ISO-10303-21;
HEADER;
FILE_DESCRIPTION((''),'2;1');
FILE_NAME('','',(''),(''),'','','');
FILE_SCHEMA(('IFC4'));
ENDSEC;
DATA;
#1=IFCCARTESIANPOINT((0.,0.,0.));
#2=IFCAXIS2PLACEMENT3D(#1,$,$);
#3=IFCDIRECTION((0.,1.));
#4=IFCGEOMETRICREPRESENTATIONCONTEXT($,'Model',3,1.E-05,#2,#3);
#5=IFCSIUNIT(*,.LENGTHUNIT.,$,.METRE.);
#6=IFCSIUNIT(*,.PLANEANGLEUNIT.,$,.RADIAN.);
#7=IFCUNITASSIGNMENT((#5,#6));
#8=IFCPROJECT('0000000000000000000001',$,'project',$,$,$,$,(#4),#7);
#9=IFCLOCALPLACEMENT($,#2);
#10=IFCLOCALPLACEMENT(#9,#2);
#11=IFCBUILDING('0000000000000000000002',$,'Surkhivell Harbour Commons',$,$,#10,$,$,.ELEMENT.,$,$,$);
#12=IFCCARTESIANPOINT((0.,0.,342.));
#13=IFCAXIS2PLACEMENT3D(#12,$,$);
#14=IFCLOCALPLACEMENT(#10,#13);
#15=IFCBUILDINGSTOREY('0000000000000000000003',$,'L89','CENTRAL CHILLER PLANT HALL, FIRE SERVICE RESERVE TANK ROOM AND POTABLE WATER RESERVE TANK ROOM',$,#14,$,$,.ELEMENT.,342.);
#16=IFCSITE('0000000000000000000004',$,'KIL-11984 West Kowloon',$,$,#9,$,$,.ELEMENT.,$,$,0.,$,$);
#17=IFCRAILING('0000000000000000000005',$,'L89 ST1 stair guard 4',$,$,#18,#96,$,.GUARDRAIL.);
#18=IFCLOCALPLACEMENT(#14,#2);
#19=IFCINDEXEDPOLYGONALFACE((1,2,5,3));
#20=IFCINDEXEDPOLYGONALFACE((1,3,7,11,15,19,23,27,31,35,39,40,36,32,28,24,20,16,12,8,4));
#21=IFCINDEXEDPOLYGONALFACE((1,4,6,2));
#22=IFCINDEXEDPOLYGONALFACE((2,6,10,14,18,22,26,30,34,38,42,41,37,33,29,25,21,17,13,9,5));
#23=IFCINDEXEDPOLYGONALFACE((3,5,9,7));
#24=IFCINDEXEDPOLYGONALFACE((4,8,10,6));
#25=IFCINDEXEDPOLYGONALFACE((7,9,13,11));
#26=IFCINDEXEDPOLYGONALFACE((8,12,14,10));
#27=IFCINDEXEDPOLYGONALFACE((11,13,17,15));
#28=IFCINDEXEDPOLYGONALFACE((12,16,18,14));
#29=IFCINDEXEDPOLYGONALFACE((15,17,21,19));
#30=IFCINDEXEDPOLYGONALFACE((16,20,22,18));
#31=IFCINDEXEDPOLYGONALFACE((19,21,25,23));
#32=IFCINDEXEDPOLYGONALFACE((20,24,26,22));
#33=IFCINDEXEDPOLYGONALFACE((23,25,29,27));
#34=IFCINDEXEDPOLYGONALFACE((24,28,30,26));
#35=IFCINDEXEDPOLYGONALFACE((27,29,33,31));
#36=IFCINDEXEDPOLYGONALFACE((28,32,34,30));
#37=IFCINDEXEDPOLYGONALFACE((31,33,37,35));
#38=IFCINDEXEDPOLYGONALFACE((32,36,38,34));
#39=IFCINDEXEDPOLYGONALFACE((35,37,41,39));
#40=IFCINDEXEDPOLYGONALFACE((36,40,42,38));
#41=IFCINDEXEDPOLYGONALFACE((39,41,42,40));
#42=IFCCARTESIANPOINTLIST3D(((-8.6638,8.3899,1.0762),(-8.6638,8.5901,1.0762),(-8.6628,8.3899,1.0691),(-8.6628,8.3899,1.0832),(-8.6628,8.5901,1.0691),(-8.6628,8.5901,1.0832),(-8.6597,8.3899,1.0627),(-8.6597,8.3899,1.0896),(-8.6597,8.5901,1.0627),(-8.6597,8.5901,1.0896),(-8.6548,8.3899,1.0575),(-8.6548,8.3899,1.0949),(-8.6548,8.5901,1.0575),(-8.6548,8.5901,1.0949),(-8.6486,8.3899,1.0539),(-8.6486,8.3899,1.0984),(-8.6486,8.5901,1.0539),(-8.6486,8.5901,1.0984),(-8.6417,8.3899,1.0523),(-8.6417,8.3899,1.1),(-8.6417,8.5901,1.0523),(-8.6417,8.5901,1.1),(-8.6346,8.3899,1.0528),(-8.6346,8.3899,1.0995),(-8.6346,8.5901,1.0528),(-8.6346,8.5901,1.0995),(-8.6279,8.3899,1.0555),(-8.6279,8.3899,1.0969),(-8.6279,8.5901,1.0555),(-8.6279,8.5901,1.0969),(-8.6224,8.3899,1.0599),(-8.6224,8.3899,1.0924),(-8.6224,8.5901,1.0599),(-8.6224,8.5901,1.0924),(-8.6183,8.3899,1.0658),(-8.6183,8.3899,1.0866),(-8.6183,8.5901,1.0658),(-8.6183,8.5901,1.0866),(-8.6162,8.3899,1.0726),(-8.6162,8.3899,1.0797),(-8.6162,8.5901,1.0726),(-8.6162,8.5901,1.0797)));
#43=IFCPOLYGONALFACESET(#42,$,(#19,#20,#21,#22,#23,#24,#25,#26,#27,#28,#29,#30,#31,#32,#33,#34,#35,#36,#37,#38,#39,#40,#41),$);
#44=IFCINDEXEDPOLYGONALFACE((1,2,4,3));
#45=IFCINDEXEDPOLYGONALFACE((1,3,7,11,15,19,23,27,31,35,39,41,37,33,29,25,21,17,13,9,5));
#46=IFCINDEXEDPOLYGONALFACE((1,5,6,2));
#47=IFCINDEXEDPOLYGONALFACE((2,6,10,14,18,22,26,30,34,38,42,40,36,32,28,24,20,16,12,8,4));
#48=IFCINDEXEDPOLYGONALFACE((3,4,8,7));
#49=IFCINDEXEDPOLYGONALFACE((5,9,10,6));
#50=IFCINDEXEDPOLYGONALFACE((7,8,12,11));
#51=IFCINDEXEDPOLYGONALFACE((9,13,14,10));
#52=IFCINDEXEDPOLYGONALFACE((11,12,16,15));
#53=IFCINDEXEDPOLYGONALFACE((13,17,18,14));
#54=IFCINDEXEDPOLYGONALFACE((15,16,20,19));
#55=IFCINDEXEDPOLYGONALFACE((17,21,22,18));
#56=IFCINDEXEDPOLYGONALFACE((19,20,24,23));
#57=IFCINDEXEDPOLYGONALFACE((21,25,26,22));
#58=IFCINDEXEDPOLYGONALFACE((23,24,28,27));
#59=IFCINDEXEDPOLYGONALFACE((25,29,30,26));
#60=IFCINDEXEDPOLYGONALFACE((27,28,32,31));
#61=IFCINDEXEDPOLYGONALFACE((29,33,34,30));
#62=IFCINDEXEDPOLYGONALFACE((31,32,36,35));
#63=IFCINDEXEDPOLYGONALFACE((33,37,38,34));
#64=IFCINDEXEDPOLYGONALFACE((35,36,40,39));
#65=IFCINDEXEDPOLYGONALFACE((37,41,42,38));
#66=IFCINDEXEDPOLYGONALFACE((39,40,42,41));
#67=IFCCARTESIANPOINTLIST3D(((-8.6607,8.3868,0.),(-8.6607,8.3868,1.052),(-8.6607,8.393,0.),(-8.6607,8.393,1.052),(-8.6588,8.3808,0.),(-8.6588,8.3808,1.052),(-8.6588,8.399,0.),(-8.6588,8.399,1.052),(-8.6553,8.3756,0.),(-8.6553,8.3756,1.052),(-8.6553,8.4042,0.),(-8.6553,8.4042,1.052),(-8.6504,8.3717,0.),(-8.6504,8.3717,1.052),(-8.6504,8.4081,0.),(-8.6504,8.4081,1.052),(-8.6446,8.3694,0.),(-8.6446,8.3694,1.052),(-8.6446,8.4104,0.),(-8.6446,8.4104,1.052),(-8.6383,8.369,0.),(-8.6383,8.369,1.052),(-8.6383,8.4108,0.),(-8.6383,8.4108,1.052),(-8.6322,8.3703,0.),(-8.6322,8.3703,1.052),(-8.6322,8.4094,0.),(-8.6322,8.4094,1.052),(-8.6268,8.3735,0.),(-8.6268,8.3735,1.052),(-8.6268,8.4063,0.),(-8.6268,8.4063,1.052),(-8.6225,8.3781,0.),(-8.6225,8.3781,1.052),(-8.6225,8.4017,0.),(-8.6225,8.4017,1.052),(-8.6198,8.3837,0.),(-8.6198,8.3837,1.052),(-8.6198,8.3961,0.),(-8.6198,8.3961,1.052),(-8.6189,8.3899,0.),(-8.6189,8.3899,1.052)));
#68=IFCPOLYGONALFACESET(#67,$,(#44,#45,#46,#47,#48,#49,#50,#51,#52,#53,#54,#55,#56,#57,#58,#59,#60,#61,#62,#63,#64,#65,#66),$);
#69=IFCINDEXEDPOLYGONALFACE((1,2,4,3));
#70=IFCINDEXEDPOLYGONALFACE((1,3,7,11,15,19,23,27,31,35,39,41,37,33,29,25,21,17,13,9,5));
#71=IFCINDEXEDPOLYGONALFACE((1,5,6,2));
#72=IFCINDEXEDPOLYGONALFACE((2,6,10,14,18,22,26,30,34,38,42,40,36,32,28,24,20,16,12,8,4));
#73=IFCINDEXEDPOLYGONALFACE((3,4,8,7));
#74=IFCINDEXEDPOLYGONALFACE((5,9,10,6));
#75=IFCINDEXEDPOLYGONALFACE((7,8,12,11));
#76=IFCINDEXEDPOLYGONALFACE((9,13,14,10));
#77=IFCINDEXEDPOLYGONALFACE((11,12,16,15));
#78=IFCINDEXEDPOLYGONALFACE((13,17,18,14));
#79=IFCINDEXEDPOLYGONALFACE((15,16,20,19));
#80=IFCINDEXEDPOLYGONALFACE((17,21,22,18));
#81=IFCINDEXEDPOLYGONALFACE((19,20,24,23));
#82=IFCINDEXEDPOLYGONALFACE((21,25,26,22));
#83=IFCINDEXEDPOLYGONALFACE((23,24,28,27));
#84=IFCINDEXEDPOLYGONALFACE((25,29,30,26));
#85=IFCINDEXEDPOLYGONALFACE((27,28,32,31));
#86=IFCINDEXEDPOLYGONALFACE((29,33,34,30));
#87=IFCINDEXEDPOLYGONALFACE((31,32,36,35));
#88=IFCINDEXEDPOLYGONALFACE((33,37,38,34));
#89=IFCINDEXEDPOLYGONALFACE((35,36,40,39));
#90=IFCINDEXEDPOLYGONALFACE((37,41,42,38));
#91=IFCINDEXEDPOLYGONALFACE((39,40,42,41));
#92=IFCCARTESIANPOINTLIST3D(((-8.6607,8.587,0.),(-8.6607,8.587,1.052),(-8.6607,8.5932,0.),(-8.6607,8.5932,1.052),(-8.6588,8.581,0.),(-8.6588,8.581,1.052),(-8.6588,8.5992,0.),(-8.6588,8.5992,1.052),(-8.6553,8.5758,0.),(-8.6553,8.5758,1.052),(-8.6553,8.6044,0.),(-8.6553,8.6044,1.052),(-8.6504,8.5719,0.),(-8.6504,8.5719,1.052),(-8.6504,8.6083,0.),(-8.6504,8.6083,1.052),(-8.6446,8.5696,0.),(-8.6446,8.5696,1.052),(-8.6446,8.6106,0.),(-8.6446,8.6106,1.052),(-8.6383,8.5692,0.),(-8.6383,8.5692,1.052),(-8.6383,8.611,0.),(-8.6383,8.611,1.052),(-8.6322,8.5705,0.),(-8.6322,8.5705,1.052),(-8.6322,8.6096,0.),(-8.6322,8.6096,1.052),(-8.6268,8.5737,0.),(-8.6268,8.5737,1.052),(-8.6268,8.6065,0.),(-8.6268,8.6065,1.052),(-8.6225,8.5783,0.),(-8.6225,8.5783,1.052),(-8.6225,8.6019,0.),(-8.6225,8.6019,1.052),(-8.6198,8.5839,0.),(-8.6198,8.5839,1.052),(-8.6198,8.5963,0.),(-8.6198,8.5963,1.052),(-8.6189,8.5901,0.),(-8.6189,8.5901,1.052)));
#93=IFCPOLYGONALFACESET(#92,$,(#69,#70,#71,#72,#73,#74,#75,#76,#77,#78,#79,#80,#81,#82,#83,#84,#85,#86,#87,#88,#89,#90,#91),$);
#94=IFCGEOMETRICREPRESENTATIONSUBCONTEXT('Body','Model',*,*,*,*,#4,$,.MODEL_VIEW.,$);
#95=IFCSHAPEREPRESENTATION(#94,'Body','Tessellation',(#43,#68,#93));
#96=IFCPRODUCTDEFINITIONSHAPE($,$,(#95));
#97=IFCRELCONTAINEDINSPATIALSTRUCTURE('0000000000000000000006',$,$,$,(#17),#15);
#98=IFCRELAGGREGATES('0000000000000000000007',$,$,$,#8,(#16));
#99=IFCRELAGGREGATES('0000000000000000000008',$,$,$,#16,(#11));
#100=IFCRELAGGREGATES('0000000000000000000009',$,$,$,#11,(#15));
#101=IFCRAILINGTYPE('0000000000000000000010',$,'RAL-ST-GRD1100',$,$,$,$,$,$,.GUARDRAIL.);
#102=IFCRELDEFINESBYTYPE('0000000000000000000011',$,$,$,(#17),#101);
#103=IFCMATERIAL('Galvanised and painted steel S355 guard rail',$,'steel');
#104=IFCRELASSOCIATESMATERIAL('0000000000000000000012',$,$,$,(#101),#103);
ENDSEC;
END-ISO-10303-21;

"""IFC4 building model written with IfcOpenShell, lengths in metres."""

from ifc_helpers import new_model, si_unit, direction, frame, origin, origin_2d, place, context, subcontext, project, spatial, circle, extrude, material, type_object, element, save


model = new_model("IFC4")

# Units and contexts
model_context = context("Model", 3, precision=1e-05, world=origin(), true_north=direction((0.0, 1.0)))
body_context = subcontext(model_context, "Body", "Model", "MODEL_VIEW")
ifc_project = project(units=[si_unit("LENGTHUNIT", "METRE"), si_unit("PLANEANGLEUNIT", "RADIAN")], contexts=[model_context])

# Site, building, storey
site_placement = place(None, origin())
site = spatial("IfcSite", under=ifc_project, at=site_placement, Name="KIL-11984 West Kowloon", CompositionType="ELEMENT", RefElevation=0.0)
building_placement = place(site_placement, origin())
building = spatial("IfcBuilding", under=site, at=building_placement, Name="Surkhivell Harbour Commons", CompositionType="ELEMENT")
storey_placement = place(building_placement, frame((0.0, 0.0, 342.0)))
storey = spatial("IfcBuildingStorey", under=building, at=storey_placement, Name="L89", Description="CENTRAL CHILLER PLANT HALL, FIRE SERVICE RESERVE TANK ROOM AND POTABLE WATER RESERVE TANK ROOM", CompositionType="ELEMENT", Elevation=342.0)

# Railing
ifc_material_1 = material(Name="Galvanised and painted steel S355 guard rail", Category="steel")
railing_type_1 = type_object("IfcRailingType", Name="RAL-ST-GRD1100", PredefinedType="GUARDRAIL", material=ifc_material_1)
railing_1_placement = place(storey_placement, frame((-8.6399, 8.3899, 0.0)))
element("IfcRailing", 1, at=railing_1_placement, inside=storey, type_object=railing_type_1, Name="L89 ST1 stair guard 4", PredefinedType="GUARDRAIL", context=body_context, shape_type="SweptSolid", body=[
    extrude(circle(Radius=0.0239, at=origin_2d()), frame((0.0, 0.0, 1.0762), z_axis=(0.0, 1.0, 0.0), x_axis=(-1.0, 0.0, 0.0)), (0.0, 0.0, 1.0), 0.2002),
    extrude(circle(Radius=0.021, at=origin_2d()), origin(), (0.0, 0.0, 1.0), 1.052),
    extrude(circle(Radius=0.021, at=origin_2d()), frame((0.0, 0.2002, 0.0)), (0.0, 0.0, 1.0), 1.052),
])

save(model, "model.ifc")
